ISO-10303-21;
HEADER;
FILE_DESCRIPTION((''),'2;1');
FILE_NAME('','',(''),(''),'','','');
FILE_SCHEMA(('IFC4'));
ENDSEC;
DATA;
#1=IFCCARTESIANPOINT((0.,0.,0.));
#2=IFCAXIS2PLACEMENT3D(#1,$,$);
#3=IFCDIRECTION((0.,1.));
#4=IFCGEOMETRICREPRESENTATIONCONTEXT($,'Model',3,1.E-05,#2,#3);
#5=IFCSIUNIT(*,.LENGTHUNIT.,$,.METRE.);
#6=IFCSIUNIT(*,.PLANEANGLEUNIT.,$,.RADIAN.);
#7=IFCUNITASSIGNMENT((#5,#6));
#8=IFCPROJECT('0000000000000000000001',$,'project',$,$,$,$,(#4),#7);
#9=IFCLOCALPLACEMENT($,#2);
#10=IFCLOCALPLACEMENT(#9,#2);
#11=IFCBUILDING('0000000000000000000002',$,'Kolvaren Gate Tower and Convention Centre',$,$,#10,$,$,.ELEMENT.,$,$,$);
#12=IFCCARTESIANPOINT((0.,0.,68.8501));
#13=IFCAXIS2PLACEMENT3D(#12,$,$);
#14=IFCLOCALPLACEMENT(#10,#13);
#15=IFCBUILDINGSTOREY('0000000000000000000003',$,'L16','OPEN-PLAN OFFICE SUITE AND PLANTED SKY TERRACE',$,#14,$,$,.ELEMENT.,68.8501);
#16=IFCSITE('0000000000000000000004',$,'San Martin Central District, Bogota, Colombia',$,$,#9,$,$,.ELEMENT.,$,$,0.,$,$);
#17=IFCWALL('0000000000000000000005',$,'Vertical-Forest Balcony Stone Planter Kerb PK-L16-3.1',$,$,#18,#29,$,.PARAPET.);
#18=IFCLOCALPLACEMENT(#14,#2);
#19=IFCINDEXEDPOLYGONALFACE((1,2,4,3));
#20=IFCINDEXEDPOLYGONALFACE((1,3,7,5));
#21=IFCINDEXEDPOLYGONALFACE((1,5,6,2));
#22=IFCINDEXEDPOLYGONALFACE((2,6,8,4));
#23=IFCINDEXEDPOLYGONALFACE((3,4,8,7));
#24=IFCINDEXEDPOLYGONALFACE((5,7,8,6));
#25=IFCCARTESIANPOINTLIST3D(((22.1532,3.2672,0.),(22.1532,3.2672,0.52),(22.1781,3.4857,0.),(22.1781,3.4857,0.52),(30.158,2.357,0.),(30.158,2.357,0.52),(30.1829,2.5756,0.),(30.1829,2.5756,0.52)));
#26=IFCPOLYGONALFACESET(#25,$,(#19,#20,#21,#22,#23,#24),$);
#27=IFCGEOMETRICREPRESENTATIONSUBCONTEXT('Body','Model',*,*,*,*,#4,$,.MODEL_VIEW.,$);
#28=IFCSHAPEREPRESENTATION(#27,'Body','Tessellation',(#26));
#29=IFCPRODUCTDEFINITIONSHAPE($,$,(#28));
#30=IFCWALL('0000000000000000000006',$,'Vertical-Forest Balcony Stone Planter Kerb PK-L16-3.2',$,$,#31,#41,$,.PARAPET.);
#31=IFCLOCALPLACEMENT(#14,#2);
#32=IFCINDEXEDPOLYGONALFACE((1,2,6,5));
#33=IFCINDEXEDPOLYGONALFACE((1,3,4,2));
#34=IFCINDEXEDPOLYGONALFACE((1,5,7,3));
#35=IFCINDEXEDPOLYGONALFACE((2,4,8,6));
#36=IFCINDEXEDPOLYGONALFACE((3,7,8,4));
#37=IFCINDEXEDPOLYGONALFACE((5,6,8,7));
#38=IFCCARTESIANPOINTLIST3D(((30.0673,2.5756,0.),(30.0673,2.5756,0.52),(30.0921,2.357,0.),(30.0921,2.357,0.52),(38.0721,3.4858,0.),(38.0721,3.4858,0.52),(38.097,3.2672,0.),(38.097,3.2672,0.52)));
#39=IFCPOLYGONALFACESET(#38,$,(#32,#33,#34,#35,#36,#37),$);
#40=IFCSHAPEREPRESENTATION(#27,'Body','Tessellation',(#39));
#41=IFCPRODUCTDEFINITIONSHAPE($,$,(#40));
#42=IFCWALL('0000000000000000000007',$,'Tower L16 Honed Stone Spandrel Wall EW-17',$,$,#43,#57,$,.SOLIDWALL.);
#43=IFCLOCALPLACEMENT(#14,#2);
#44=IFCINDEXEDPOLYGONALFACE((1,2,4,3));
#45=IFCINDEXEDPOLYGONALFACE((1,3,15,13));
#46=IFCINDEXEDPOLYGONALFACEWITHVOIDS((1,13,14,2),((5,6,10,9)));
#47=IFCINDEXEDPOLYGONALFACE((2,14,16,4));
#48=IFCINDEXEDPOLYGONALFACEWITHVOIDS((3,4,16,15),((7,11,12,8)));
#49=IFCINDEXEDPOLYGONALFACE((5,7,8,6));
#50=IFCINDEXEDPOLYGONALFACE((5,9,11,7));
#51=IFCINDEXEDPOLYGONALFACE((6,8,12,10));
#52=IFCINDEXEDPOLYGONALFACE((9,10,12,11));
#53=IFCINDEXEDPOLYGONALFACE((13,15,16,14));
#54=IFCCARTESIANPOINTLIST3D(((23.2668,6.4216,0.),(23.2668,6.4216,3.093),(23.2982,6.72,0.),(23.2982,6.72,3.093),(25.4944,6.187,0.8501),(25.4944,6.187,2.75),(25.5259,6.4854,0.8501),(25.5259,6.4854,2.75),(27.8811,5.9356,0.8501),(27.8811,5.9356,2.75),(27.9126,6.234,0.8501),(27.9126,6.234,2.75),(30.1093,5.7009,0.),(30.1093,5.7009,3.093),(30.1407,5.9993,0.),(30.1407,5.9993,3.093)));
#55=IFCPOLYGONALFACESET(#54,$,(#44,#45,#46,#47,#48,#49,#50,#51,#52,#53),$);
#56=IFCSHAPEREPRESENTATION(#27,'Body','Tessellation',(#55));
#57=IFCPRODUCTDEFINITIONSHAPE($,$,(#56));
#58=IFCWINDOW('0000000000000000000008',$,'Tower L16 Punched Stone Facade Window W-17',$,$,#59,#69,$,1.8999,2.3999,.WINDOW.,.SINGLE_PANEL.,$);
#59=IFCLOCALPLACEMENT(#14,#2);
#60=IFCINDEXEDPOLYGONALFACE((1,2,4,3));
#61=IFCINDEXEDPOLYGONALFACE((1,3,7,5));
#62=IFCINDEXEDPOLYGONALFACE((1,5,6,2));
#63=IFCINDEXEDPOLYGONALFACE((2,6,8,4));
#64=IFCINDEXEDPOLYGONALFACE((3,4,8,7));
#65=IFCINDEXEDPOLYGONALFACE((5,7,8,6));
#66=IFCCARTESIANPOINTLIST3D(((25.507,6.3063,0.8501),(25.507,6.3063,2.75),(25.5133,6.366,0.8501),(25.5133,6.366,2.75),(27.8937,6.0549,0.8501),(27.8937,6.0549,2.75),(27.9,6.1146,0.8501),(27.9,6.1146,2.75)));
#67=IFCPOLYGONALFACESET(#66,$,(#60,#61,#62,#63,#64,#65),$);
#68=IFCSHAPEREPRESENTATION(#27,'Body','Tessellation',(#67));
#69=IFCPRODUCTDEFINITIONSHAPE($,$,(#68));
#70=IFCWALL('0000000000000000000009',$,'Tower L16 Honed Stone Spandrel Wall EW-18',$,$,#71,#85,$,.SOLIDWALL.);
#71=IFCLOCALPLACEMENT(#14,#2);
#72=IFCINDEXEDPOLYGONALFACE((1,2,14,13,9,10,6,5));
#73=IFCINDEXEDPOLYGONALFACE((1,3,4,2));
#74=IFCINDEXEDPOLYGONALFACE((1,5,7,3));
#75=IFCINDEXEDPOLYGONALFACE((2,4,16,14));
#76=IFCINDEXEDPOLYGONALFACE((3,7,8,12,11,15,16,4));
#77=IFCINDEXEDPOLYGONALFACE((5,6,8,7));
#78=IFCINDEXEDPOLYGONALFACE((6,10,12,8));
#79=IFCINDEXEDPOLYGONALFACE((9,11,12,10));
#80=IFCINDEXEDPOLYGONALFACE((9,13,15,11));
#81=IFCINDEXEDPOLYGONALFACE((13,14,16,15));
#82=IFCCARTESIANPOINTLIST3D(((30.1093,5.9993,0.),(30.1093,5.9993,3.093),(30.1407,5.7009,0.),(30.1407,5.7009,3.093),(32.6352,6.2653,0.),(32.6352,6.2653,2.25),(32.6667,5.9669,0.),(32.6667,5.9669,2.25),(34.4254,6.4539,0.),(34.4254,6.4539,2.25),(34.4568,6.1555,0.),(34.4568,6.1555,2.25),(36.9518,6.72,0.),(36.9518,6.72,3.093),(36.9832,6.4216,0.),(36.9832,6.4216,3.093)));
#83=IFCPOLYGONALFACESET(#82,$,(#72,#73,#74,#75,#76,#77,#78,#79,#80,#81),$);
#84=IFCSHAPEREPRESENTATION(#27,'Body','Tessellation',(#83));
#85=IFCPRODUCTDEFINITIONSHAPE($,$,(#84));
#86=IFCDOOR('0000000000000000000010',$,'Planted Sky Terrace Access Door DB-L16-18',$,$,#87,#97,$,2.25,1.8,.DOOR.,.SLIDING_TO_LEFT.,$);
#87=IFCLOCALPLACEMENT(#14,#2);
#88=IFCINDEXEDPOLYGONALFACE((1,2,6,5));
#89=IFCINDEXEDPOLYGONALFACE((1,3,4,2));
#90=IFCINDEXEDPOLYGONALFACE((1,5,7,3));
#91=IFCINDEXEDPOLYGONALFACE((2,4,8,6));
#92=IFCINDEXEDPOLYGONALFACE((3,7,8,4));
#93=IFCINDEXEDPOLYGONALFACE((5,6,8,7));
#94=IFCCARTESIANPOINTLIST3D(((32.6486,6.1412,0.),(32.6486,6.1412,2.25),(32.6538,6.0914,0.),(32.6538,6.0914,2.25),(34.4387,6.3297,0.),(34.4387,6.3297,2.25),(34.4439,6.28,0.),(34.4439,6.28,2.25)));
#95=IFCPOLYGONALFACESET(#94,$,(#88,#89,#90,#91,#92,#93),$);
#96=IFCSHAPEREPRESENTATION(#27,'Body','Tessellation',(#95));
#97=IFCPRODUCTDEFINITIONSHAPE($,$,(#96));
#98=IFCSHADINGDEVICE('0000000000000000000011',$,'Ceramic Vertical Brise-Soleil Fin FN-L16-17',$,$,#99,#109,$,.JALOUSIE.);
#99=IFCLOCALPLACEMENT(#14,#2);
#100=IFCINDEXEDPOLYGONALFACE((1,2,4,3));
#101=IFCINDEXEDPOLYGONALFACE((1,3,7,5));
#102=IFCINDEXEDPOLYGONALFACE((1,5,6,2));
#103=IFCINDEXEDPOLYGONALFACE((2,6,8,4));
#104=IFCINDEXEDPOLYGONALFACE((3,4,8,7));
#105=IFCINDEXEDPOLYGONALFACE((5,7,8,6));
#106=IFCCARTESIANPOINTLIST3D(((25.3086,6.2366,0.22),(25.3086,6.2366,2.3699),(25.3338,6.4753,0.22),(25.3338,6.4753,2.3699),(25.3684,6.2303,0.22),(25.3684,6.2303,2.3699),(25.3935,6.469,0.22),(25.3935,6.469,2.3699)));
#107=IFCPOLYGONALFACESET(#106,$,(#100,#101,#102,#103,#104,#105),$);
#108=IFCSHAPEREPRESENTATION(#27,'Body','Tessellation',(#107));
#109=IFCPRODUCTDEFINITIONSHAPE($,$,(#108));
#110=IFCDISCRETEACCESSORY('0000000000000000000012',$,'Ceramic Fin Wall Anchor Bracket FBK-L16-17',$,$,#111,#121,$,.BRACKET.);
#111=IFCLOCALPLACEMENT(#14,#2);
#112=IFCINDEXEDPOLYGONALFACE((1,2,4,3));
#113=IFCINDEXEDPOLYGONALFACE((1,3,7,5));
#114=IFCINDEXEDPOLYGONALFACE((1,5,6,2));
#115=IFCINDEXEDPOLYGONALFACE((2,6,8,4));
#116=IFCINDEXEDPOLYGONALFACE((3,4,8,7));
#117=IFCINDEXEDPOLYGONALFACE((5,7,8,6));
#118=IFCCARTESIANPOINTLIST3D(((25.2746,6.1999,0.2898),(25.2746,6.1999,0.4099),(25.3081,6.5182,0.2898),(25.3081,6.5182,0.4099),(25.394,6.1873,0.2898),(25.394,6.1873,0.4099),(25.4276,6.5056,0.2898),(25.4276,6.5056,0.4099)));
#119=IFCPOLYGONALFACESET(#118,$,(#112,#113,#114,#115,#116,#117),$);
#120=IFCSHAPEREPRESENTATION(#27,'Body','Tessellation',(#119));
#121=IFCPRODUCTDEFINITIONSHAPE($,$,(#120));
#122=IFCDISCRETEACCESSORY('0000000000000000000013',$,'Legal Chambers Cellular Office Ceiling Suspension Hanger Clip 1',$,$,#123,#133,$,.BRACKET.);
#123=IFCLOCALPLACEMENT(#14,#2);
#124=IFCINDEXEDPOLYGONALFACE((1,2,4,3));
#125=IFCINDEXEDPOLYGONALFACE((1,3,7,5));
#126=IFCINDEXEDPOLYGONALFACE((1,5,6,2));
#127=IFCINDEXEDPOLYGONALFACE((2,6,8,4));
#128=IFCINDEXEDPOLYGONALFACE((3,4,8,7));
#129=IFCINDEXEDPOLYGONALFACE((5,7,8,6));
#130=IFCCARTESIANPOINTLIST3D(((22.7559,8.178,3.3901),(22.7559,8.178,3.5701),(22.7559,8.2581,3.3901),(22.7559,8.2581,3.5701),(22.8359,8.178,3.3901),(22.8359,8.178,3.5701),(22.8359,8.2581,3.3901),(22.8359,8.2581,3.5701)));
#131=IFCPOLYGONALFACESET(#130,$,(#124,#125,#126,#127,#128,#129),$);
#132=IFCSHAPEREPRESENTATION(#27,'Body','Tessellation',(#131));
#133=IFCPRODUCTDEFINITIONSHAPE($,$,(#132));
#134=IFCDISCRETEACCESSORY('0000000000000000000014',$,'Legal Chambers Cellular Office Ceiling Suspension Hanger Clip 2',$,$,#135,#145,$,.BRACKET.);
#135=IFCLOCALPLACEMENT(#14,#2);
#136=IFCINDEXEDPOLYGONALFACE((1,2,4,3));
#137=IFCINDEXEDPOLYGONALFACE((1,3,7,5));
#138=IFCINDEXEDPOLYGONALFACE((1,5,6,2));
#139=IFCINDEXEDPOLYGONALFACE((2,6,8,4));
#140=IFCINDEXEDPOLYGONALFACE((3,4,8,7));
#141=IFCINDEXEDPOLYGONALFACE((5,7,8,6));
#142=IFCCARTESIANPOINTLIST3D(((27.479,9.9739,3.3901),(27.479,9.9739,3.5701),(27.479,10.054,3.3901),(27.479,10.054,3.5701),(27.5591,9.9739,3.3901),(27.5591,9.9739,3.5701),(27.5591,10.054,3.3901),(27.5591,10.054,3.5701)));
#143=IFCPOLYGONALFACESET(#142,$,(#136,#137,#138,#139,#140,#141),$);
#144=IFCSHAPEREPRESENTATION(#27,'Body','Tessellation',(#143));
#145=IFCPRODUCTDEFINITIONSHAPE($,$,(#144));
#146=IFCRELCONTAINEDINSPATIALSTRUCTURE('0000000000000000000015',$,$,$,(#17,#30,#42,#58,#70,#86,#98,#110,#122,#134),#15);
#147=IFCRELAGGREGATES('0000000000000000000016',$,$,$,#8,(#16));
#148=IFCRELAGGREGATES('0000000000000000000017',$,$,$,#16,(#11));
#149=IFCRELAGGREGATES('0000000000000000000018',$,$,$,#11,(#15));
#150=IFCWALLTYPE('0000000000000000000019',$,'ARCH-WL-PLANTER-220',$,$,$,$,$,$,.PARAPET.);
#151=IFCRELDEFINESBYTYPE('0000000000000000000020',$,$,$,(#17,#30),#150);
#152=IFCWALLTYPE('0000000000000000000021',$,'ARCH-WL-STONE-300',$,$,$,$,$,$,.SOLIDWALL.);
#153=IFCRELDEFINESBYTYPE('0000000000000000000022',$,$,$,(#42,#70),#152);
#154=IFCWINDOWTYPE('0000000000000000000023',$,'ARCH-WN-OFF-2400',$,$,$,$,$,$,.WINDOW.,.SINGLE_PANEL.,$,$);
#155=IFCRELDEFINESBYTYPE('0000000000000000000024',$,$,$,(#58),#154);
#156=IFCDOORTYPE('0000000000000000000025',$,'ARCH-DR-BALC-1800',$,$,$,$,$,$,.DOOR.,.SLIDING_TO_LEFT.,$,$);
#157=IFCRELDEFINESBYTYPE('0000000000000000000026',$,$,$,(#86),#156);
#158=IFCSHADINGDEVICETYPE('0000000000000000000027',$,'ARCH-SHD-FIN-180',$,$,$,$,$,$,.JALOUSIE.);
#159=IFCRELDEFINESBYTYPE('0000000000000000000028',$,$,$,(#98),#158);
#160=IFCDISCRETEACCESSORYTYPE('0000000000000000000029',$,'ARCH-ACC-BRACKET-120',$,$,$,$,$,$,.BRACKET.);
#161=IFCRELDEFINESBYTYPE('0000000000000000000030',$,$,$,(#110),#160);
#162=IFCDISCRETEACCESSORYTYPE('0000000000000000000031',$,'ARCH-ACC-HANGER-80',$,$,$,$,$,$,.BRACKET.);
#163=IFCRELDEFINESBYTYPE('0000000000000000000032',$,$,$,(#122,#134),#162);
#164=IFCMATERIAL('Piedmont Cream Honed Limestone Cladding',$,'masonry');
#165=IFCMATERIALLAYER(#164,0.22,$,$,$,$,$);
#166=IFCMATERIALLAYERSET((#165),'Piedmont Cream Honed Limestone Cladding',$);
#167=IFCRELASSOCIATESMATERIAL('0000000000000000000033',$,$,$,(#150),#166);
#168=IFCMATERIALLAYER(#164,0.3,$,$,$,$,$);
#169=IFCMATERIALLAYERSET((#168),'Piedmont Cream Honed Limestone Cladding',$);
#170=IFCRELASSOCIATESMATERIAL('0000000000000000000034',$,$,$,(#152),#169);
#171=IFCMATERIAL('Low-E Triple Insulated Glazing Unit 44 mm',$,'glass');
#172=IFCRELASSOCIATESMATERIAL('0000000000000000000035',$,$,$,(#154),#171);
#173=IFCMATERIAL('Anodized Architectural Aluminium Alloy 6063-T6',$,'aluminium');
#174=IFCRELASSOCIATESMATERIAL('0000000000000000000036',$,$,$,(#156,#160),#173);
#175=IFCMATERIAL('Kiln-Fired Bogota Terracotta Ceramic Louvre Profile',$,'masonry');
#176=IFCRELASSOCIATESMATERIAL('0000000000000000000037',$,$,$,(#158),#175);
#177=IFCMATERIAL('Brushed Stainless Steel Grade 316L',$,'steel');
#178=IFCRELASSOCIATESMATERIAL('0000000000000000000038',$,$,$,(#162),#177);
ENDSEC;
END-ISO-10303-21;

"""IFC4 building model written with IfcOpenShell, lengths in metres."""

from ifc_helpers import new_model, si_unit, direction, frame, frame_2d, origin, origin_2d, place, context, subcontext, project, spatial, rectangle, extrude, material, layer, layer_set, type_object, element, fill, save


model = new_model("IFC4")

# Units and contexts
model_context = context("Model", 3, precision=1e-05, world=origin(), true_north=direction((0.0, 1.0)))
body_context = subcontext(model_context, "Body", "Model", "MODEL_VIEW")
ifc_project = project(units=[si_unit("LENGTHUNIT", "METRE"), si_unit("PLANEANGLEUNIT", "RADIAN")], contexts=[model_context])

# Site, building, storey
site_placement = place(None, origin())
site = spatial("IfcSite", under=ifc_project, at=site_placement, Name="San Martin Central District, Bogota, Colombia", CompositionType="ELEMENT", RefElevation=0.0)
building_placement = place(site_placement, origin())
building = spatial("IfcBuilding", under=site, at=building_placement, Name="Kolvaren Gate Tower and Convention Centre", CompositionType="ELEMENT")
storey_placement = place(building_placement, frame((0.0, 0.0, 68.8501)))
storey = spatial("IfcBuildingStorey", under=building, at=storey_placement, Name="L16", Description="OPEN-PLAN OFFICE SUITE AND PLANTED SKY TERRACE", CompositionType="ELEMENT", Elevation=68.8501)

# Walls
ifc_material_1 = material(Name="Piedmont Cream Honed Limestone Cladding", Category="masonry")
ifc_layer_1 = layer(ifc_material_1, 0.22)
ifc_layer_set_1 = layer_set([ifc_layer_1], Name="Piedmont Cream Honed Limestone Cladding")
wall_type_1 = type_object("IfcWallType", Name="ARCH-WL-PLANTER-220", PredefinedType="PARAPET", material=ifc_layer_set_1)
for number, where, z_axis, x_axis, name in (
    (1, (22.1655, 3.3765, 0.0), (0.0, 0.0, 1.0), (0.993598, -0.112972, 0.0), "Vertical-Forest Balcony Stone Planter Kerb PK-L16-3.1"),
    (2, (30.0796, 2.4663, 0.0), (0.0, 0.0, 1.0), (0.993598, 0.112972, 0.0), "Vertical-Forest Balcony Stone Planter Kerb PK-L16-3.2"),
):
    element("IfcWall", number, at=place(storey_placement, frame(where, z_axis=z_axis, x_axis=x_axis)), inside=storey, type_object=wall_type_1, Name=name, PredefinedType="PARAPET", context=body_context, shape_type="SweptSolid", body=[
        extrude(rectangle(XDim=8.0564, YDim=0.22, at=frame_2d((4.0283, 0.0))), origin(), (0.0, 0.0, 1.0), 0.52),
    ])

# Wall, opening, window
ifc_layer_2 = layer(ifc_material_1, 0.3)
ifc_layer_set_2 = layer_set([ifc_layer_2], Name="Piedmont Cream Honed Limestone Cladding")
wall_type_2 = type_object("IfcWallType", Name="ARCH-WL-STONE-300", PredefinedType="SOLIDWALL", material=ifc_layer_set_2)
wall_1_placement = place(storey_placement, frame((23.2825, 6.5708, 0.0), z_axis=(0.0, 0.0, 1.0), x_axis=(0.994499, -0.104748, 0.0)))
wall_1 = element("IfcWall", 3, at=wall_1_placement, inside=storey, type_object=wall_type_2, Name="Tower L16 Honed Stone Spandrel Wall EW-17", PredefinedType="SOLIDWALL", context=body_context, shape_type="SweptSolid", body=[
    extrude(rectangle(XDim=6.8804, YDim=0.3, at=frame_2d((3.4402, 0.0))), origin(), (0.0, 0.0, 1.0), 3.093),
])
opening_1_placement = place(wall_1_placement, frame((2.24, 0.0, 0.8501)))
opening_1 = element("IfcOpeningElement", 4, at=opening_1_placement, cuts=wall_1, PredefinedType="OPENING", context=body_context, shape_type="SweptSolid", body=[
    extrude(rectangle(XDim=2.3999, YDim=1.8999, at=frame_2d((1.2, 0.95))), frame((0.0, 0.1599, 0.0), z_axis=(0.0, -1.0, 0.0), x_axis=(1.0, 0.0, 0.0)), (0.0, 0.0, 1.0), 0.3201),
])
ifc_material_2 = material(Name="Low-E Triple Insulated Glazing Unit 44 mm", Category="glass")
window_type = type_object("IfcWindowType", Name="ARCH-WN-OFF-2400", PartitioningType="SINGLE_PANEL", PredefinedType="WINDOW", material=ifc_material_2)
window_placement = place(opening_1_placement, origin())
window = element("IfcWindow", 5, at=window_placement, inside=storey, type_object=window_type, Name="Tower L16 Punched Stone Facade Window W-17", OverallHeight=1.8999, OverallWidth=2.3999, PartitioningType="SINGLE_PANEL", PredefinedType="WINDOW", context=body_context, shape_type="SweptSolid", body=[
    extrude(rectangle(XDim=2.3999, YDim=1.8999, at=frame_2d((1.2, 0.95))), frame((0.0, 0.03, 0.0), z_axis=(0.0, -1.0, 0.0), x_axis=(1.0, 0.0, 0.0)), (0.0, 0.0, 1.0), 0.0601),
])
fill(opening_1, window)

# Wall, opening, door
wall_2_placement = place(storey_placement, frame((30.125, 5.8501, 0.0), z_axis=(0.0, 0.0, 1.0), x_axis=(0.994499, 0.104748, 0.0)))
wall_2 = element("IfcWall", 6, at=wall_2_placement, inside=storey, type_object=wall_type_2, Name="Tower L16 Honed Stone Spandrel Wall EW-18", PredefinedType="SOLIDWALL", context=body_context, shape_type="SweptSolid", body=[
    extrude(rectangle(XDim=6.8804, YDim=0.3, at=frame_2d((3.4402, 0.0))), origin(), (0.0, 0.0, 1.0), 3.093),
])
opening_2_placement = place(wall_2_placement, frame((2.54, 0.0, 0.0)))
opening_2 = element("IfcOpeningElement", 7, at=opening_2_placement, cuts=wall_2, PredefinedType="OPENING", context=body_context, shape_type="SweptSolid", body=[
    extrude(rectangle(XDim=1.8, YDim=2.25, at=frame_2d((0.8999, 1.125))), frame((0.0, 0.1599, 0.0), z_axis=(0.0, -1.0, 0.0), x_axis=(1.0, 0.0, 0.0)), (0.0, 0.0, 1.0), 0.3201),
])
ifc_material_3 = material(Name="Anodized Architectural Aluminium Alloy 6063-T6", Category="aluminium")
door_type_1 = type_object("IfcDoorType", Name="ARCH-DR-BALC-1800", OperationType="SLIDING_TO_LEFT", PredefinedType="DOOR", material=ifc_material_3)
door_1_placement = place(opening_2_placement, frame((1.8, 0.0, 0.0), z_axis=(0.0, 0.0, 1.0), x_axis=(-1.0, 0.0, 0.0)))
door_1 = element("IfcDoor", 8, at=door_1_placement, inside=storey, type_object=door_type_1, Name="Planted Sky Terrace Access Door DB-L16-18", OperationType="SLIDING_TO_LEFT", OverallHeight=2.25, OverallWidth=1.8, PredefinedType="DOOR", context=body_context, shape_type="SweptSolid", body=[
    extrude(rectangle(XDim=1.8, YDim=2.25, at=frame_2d((0.8999, 1.125))), frame((0.0, 0.0249, 0.0), z_axis=(0.0, -1.0, 0.0), x_axis=(1.0, 0.0, 0.0)), (0.0, 0.0, 1.0), 0.05),
])
fill(opening_2, door_1)

# Shared definitions
ifc_material_4 = material(Name="Brushed Stainless Steel Grade 316L", Category="steel")

# Shading device
ifc_material_5 = material(Name="Kiln-Fired Bogota Terracotta Ceramic Louvre Profile", Category="masonry")
shading_device_type = type_object("IfcShadingDeviceType", Name="ARCH-SHD-FIN-180", PredefinedType="JALOUSIE", material=ifc_material_5)
shading_device_placement = place(storey_placement, frame((25.3511, 6.3528, 0.22), z_axis=(0.0, 0.0, 1.0), x_axis=(0.994499, -0.104747, 0.0)))
element("IfcShadingDevice", 9, at=shading_device_placement, inside=storey, type_object=shading_device_type, Name="Ceramic Vertical Brise-Soleil Fin FN-L16-17", PredefinedType="JALOUSIE", context=body_context, shape_type="SweptSolid", body=[
    extrude(rectangle(XDim=0.0601, YDim=0.24, at=origin_2d()), origin(), (0.0, 0.0, 1.0), 2.1499),
])

# Discrete accessories
discrete_accessory_type_1 = type_object("IfcDiscreteAccessoryType", Name="ARCH-ACC-BRACKET-120", PredefinedType="BRACKET", material=ifc_material_3)
discrete_accessory_placement = place(storey_placement, frame((25.3511, 6.3528, 0.2898), z_axis=(0.0, 0.0, 1.0), x_axis=(0.994499, -0.104747, 0.0)))
element("IfcDiscreteAccessory", 10, at=discrete_accessory_placement, inside=storey, type_object=discrete_accessory_type_1, Name="Ceramic Fin Wall Anchor Bracket FBK-L16-17", PredefinedType="BRACKET", context=body_context, shape_type="SweptSolid", body=[
    extrude(rectangle(XDim=0.1201, YDim=0.3201, at=origin_2d()), origin(), (0.0, 0.0, 1.0), 0.1201),
])
discrete_accessory_type_2 = type_object("IfcDiscreteAccessoryType", Name="ARCH-ACC-HANGER-80", PredefinedType="BRACKET", material=ifc_material_4)
for number, where, z_axis, x_axis, name in (
    (11, (22.7959, 8.218, 3.3901), (0.0, 0.0, 1.0), (1.0, 0.0, 0.0), "Legal Chambers Cellular Office Ceiling Suspension Hanger Clip 1"),
    (12, (27.519, 10.0139, 3.3901), (0.0, 0.0, 1.0), (1.0, 0.0, 0.0), "Legal Chambers Cellular Office Ceiling Suspension Hanger Clip 2"),
):
    element("IfcDiscreteAccessory", number, at=place(storey_placement, frame(where, z_axis=z_axis, x_axis=x_axis)), inside=storey, type_object=discrete_accessory_type_2, Name=name, PredefinedType="BRACKET", context=body_context, shape_type="SweptSolid", body=[
        extrude(rectangle(XDim=0.0801, YDim=0.0801, at=origin_2d()), origin(), (0.0, 0.0, 1.0), 0.1799),
    ])

save(model, "model.ifc")
